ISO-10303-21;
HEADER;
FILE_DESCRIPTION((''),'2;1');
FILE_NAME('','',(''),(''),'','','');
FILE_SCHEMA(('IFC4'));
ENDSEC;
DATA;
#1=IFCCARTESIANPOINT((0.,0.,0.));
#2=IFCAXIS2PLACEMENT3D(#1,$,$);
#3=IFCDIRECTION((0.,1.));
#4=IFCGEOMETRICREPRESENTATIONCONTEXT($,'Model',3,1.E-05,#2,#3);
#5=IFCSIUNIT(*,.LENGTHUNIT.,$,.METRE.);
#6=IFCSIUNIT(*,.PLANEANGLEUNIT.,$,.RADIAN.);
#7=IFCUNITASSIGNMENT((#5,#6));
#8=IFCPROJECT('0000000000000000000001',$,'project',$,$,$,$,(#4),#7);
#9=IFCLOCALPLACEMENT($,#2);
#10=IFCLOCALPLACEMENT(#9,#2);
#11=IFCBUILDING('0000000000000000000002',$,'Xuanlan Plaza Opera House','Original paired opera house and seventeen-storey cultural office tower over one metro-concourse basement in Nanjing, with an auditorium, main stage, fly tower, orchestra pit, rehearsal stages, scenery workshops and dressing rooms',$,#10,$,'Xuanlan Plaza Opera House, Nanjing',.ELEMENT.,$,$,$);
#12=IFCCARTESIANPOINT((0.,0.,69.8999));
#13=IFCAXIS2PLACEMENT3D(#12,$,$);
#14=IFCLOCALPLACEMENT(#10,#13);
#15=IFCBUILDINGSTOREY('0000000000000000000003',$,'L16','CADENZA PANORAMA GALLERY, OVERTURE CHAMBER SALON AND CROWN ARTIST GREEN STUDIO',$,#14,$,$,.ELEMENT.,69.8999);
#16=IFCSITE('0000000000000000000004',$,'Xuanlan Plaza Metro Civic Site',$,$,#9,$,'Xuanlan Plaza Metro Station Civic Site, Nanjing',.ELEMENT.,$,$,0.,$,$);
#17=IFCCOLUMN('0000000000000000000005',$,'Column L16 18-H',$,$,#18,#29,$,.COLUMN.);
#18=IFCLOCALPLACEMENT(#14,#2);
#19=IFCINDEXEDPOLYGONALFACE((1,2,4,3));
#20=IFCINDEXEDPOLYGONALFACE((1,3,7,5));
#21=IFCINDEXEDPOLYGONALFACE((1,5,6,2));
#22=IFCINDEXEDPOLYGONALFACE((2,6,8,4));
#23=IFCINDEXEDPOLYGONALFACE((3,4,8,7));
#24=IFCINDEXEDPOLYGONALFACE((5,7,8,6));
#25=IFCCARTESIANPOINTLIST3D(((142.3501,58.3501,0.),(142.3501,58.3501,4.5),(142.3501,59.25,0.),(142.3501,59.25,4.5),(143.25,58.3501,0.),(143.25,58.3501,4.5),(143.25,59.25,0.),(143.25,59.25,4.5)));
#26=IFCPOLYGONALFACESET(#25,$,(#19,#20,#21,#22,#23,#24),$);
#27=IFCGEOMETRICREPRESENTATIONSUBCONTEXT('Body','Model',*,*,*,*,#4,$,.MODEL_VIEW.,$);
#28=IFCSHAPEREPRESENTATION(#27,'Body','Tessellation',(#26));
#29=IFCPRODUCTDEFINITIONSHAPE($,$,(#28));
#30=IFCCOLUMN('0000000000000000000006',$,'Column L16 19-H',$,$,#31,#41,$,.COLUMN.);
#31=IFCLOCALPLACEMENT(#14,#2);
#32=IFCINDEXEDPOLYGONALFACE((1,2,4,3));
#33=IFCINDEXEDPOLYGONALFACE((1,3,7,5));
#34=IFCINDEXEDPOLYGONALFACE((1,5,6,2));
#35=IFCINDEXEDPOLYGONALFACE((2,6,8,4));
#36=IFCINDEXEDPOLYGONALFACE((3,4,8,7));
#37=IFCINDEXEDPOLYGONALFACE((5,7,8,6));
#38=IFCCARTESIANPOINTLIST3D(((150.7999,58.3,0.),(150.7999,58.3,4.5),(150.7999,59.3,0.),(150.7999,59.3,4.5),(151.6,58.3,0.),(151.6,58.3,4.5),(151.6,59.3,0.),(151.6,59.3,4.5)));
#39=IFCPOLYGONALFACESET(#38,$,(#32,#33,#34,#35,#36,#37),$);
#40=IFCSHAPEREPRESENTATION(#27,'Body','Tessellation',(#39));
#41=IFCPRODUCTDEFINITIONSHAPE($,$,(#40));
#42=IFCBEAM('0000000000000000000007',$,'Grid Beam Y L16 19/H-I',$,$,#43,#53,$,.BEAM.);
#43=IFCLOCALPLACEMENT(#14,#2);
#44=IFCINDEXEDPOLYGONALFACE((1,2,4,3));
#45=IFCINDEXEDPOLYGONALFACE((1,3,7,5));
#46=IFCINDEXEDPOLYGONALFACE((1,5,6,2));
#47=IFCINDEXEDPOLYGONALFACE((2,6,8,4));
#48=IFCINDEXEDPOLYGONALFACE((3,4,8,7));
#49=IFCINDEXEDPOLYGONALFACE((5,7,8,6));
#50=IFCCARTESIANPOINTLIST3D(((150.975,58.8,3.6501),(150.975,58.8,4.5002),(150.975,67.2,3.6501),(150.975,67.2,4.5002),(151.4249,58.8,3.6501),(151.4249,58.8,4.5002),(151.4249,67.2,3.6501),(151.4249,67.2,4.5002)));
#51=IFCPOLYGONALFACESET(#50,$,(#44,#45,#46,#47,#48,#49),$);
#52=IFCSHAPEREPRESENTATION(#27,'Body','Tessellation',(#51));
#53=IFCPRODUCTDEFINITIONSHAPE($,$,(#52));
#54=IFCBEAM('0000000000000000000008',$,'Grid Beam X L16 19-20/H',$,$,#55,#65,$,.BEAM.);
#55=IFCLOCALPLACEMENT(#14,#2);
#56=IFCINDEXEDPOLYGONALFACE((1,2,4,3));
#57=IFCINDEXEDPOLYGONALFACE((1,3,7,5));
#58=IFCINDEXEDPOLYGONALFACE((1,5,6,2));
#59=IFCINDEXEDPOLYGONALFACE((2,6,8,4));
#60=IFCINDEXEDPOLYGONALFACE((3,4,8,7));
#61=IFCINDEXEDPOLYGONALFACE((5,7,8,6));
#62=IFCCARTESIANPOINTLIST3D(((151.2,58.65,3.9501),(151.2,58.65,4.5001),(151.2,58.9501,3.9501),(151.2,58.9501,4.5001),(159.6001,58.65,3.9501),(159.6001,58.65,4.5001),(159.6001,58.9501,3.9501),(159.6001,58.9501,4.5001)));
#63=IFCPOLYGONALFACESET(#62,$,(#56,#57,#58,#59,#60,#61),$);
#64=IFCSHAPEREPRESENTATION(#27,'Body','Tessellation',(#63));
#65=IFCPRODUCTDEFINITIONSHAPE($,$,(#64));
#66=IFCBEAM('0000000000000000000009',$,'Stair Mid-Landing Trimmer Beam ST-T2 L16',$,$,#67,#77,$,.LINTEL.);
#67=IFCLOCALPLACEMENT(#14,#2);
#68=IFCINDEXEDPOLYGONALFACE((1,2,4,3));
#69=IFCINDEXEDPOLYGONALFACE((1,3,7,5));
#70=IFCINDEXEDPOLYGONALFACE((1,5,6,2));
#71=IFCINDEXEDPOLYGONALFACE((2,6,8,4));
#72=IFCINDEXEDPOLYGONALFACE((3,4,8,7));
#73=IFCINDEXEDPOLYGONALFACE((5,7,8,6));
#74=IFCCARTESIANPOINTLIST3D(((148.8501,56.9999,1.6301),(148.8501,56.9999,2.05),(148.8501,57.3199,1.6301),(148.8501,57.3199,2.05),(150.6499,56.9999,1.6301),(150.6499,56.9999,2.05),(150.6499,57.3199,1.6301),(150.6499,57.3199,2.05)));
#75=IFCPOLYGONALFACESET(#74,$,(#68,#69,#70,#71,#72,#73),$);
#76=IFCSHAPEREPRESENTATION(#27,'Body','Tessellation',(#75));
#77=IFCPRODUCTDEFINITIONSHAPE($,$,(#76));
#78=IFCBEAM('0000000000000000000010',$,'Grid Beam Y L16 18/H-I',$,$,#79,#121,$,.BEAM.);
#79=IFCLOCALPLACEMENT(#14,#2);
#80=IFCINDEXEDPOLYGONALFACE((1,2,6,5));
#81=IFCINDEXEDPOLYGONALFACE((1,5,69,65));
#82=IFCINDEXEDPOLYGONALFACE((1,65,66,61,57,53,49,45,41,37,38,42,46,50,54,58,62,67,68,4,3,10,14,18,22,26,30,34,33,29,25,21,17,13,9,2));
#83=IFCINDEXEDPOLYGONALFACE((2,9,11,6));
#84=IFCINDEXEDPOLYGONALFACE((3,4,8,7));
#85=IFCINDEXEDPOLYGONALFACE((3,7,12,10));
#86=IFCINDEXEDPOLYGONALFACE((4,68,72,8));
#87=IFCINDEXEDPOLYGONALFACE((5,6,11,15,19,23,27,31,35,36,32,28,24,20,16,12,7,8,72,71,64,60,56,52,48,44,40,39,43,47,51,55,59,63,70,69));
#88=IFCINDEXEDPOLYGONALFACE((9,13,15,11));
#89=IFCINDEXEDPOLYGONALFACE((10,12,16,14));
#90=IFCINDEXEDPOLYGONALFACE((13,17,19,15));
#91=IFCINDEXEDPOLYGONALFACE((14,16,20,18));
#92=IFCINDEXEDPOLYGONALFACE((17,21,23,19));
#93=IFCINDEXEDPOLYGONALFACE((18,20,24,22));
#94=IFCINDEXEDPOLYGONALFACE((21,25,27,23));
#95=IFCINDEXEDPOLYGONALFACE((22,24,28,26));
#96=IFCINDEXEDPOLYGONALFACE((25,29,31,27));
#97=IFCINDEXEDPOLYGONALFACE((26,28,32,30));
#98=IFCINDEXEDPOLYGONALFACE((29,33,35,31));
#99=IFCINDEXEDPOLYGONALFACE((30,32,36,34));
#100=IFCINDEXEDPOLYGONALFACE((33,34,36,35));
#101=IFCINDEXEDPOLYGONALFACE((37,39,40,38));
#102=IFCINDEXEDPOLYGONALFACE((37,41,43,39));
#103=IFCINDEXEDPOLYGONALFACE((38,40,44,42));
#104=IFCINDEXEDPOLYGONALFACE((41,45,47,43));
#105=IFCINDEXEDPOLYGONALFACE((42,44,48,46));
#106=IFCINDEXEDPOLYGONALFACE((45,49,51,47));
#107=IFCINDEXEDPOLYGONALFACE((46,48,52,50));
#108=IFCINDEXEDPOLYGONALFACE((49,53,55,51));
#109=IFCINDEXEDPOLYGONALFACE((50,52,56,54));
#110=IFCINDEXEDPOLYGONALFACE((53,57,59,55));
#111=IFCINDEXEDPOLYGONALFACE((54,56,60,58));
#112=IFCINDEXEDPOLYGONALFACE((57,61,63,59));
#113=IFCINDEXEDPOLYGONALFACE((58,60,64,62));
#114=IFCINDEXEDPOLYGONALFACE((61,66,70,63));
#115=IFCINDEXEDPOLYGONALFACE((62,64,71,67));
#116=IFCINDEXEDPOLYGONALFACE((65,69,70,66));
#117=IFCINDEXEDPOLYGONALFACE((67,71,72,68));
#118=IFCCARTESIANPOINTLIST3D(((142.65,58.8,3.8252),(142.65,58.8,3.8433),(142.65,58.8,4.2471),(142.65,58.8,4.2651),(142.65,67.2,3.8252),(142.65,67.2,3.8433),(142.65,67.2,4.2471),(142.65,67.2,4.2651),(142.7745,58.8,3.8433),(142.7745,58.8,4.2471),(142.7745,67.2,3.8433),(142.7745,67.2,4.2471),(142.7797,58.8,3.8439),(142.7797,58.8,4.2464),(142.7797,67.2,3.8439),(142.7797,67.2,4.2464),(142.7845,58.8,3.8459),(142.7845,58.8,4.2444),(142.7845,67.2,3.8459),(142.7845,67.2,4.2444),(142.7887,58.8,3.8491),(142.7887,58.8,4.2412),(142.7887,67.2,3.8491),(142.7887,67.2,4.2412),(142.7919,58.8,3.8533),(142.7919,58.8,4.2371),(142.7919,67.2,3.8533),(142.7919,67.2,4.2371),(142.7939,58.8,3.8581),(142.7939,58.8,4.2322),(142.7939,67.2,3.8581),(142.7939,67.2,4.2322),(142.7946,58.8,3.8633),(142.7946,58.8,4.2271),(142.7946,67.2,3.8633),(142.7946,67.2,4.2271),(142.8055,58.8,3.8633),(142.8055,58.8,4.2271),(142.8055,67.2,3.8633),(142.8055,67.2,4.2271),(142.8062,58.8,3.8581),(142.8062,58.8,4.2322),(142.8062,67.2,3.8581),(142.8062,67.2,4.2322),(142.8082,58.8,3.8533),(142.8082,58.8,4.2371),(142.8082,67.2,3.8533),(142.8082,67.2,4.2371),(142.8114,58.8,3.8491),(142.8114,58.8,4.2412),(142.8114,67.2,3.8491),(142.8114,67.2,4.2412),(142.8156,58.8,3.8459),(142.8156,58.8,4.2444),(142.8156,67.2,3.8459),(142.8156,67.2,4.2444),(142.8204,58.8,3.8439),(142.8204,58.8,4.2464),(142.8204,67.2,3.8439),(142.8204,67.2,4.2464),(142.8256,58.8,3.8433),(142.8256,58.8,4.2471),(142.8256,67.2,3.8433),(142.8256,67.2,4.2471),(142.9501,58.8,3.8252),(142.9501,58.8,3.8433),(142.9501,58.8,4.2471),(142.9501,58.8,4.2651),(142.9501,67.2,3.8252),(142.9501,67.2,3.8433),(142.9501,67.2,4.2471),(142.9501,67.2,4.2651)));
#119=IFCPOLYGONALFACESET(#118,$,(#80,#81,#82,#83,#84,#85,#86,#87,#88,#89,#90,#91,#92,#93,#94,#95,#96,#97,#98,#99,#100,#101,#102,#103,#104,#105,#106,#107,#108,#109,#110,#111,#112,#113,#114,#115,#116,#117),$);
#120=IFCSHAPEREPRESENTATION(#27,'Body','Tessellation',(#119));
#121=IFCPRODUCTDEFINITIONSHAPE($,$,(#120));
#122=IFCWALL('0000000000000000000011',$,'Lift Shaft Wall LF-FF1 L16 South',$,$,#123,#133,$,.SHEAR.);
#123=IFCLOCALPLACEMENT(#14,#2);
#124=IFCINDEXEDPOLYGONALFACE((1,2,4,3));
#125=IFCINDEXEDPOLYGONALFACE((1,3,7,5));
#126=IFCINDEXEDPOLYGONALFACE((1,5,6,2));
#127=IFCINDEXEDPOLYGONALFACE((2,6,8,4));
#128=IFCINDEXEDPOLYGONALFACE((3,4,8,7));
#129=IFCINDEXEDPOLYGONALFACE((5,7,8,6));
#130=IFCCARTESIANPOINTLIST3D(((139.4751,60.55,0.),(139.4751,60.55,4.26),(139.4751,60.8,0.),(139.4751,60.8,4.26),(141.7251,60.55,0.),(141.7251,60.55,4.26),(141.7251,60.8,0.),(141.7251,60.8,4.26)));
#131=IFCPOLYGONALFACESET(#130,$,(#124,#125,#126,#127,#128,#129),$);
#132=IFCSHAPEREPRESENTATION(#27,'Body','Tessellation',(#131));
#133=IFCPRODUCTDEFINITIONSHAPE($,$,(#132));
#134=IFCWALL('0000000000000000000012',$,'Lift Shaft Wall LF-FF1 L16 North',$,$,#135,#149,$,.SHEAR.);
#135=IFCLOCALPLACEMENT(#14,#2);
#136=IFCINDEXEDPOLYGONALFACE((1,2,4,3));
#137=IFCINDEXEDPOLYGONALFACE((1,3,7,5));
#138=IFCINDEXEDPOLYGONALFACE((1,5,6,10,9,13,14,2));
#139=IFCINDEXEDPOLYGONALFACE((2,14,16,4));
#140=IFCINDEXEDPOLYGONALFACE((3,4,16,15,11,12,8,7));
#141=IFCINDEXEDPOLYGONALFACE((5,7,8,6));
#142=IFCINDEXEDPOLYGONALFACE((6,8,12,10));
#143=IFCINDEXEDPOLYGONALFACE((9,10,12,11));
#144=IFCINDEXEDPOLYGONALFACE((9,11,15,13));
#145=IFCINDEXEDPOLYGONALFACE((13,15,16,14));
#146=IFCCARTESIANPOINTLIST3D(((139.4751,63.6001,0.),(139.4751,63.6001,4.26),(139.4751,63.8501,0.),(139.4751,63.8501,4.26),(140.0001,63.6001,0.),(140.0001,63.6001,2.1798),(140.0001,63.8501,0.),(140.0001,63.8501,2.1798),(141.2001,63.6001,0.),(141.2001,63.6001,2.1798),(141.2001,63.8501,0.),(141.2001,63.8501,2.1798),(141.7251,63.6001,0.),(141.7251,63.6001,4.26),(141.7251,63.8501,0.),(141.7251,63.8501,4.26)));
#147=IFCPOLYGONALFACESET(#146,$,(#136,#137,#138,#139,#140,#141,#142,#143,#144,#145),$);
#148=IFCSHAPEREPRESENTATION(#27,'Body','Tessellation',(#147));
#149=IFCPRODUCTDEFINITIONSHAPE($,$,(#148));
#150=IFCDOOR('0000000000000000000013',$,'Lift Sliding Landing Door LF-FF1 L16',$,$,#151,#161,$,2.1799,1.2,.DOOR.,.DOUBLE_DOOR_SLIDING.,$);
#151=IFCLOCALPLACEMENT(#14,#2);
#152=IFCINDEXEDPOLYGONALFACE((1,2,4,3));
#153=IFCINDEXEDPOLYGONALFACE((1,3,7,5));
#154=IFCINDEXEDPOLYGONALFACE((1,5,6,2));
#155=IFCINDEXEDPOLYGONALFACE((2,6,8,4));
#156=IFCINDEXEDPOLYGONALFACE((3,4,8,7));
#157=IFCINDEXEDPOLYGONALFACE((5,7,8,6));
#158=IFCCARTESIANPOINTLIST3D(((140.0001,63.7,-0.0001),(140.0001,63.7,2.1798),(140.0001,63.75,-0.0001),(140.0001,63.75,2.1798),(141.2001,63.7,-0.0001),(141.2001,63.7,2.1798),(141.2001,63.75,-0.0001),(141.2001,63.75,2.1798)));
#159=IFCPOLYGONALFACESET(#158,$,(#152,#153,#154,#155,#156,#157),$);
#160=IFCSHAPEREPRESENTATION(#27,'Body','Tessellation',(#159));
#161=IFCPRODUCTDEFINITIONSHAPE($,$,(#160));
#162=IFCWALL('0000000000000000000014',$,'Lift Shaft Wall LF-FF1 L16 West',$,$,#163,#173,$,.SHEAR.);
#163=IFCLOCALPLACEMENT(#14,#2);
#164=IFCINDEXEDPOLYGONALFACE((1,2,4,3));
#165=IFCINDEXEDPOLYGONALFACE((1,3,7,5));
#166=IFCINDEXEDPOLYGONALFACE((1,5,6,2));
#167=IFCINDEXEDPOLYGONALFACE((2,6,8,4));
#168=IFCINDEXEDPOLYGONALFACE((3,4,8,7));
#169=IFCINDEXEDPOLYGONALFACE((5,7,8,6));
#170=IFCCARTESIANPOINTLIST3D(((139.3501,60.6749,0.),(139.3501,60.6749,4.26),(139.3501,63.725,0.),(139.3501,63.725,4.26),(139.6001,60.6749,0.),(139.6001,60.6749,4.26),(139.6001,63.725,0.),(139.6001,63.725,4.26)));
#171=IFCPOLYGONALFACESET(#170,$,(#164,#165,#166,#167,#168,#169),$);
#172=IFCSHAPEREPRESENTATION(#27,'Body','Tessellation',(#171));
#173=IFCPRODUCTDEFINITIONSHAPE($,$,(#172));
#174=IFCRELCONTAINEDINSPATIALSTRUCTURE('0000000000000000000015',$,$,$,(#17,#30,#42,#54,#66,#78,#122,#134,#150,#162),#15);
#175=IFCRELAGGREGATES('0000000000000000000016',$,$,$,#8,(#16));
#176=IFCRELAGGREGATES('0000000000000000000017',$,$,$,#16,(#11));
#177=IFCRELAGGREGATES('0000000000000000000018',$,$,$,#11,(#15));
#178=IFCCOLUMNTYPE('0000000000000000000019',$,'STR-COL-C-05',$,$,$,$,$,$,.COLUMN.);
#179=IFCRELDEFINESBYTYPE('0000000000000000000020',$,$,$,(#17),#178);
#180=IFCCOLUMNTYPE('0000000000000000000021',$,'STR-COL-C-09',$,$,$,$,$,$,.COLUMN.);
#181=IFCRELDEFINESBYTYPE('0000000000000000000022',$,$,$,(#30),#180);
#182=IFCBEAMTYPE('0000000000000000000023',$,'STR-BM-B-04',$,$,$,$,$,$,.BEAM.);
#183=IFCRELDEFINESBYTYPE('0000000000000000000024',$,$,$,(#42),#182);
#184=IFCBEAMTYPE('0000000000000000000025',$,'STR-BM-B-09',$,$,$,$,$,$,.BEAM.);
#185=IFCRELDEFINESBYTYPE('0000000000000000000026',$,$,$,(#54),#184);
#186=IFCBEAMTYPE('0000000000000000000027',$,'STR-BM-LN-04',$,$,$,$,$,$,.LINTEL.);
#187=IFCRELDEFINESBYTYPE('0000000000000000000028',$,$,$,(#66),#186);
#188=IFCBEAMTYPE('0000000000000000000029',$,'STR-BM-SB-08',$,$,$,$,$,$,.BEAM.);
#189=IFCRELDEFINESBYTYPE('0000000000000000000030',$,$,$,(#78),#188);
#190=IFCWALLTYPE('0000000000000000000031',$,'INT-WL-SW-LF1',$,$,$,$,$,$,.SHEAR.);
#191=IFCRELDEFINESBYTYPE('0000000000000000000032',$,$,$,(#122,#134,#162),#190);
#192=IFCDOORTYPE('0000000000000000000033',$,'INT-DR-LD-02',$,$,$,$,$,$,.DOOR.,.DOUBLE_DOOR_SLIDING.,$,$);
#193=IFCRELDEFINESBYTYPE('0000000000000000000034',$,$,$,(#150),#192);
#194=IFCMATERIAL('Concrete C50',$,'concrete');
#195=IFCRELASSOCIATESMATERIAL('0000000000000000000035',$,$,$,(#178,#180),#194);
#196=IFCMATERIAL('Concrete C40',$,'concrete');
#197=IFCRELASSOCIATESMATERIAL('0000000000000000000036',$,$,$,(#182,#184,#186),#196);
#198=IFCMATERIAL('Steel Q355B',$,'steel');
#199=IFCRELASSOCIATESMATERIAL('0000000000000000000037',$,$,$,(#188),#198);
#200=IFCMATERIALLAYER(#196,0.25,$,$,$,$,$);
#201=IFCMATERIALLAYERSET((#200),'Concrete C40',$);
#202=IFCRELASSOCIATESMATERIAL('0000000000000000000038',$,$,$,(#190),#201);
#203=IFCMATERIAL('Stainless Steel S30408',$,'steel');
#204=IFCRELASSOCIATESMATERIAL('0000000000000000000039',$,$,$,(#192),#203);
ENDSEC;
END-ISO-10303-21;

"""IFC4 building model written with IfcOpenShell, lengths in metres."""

from ifc_helpers import new_model, si_unit, direction, frame, frame_2d, origin, origin_2d, place, context, subcontext, project, spatial, rectangle, i_section, extrude, material, layer, layer_set, material_profile, profile_set, type_object, element, fill, save


model = new_model("IFC4")

# Units and contexts
model_context = context("Model", 3, precision=1e-05, world=origin(), true_north=direction((0.0, 1.0)))
body_context = subcontext(model_context, "Body", "Model", "MODEL_VIEW")
ifc_project = project(units=[si_unit("LENGTHUNIT", "METRE"), si_unit("PLANEANGLEUNIT", "RADIAN")], contexts=[model_context])

# Site, building, storey
site_placement = place(None, origin())
site = spatial("IfcSite", under=ifc_project, at=site_placement, Name="Xuanlan Plaza Metro Civic Site", LongName="Xuanlan Plaza Metro Station Civic Site, Nanjing", CompositionType="ELEMENT", RefElevation=0.0)
building_placement = place(site_placement, origin())
building = spatial("IfcBuilding", under=site, at=building_placement, Name="Xuanlan Plaza Opera House", Description="Original paired opera house and seventeen-storey cultural office tower over one metro-concourse basement in Nanjing, with an auditorium, main stage, fly tower, orchestra pit, rehearsal stages, scenery workshops and dressing rooms", LongName="Xuanlan Plaza Opera House, Nanjing", CompositionType="ELEMENT")
storey_placement = place(building_placement, frame((0.0, 0.0, 69.8999)))
storey = spatial("IfcBuildingStorey", under=building, at=storey_placement, Name="L16", Description="CADENZA PANORAMA GALLERY, OVERTURE CHAMBER SALON AND CROWN ARTIST GREEN STUDIO", CompositionType="ELEMENT", Elevation=69.8999)

# Columns
ifc_material_1 = material(Name="Concrete C50", Category="concrete")
ifc_material_profile_1 = material_profile(ifc_material_1, rectangle(XDim=0.8999, YDim=0.8999, at=origin_2d()), Name="RC-COL 900x900")
ifc_profile_set_1 = profile_set([ifc_material_profile_1], Name="Concrete C50")
column_type_1 = type_object("IfcColumnType", Name="STR-COL-C-05", PredefinedType="COLUMN", material=ifc_profile_set_1)
column_1_placement = place(storey_placement, frame((142.8, 58.8, 0.0), z_axis=(0.0, 0.0, 1.0), x_axis=(1.0, 0.0, 0.0)))
element("IfcColumn", 1, at=column_1_placement, inside=storey, type_object=column_type_1, Name="Column L16 18-H", PredefinedType="COLUMN", context=body_context, shape_type="SweptSolid", body=[
    extrude(rectangle(XDim=0.8999, YDim=0.8999, at=origin_2d()), origin(), (0.0, 0.0, 1.0), 4.5),
])
ifc_material_profile_2 = material_profile(ifc_material_1, rectangle(XDim=0.8, YDim=1.0, at=origin_2d()), Name="RC-COL 800x1000")
ifc_profile_set_2 = profile_set([ifc_material_profile_2], Name="Concrete C50")
column_type_2 = type_object("IfcColumnType", Name="STR-COL-C-09", PredefinedType="COLUMN", material=ifc_profile_set_2)
column_2_placement = place(storey_placement, frame((151.2, 58.8, 0.0), z_axis=(0.0, 0.0, 1.0), x_axis=(1.0, 0.0, 0.0)))
element("IfcColumn", 2, at=column_2_placement, inside=storey, type_object=column_type_2, Name="Column L16 19-H", PredefinedType="COLUMN", context=body_context, shape_type="SweptSolid", body=[
    extrude(rectangle(XDim=0.8, YDim=1.0, at=origin_2d()), origin(), (0.0, 0.0, 1.0), 4.5),
])

# Beams
ifc_material_2 = material(Name="Concrete C40", Category="concrete")
ifc_material_profile_3 = material_profile(ifc_material_2, rectangle(XDim=0.45, YDim=0.8501, at=origin_2d()), Name="RC-BM 450x850")
ifc_profile_set_3 = profile_set([ifc_material_profile_3], Name="Concrete C40")
beam_type_1 = type_object("IfcBeamType", Name="STR-BM-B-04", PredefinedType="BEAM", material=ifc_profile_set_3)
beam_1_placement = place(storey_placement, frame((151.2, 58.8, 4.0752), z_axis=(0.0, 1.0, 0.0), x_axis=(-1.0, 0.0, 0.0)))
element("IfcBeam", 3, at=beam_1_placement, inside=storey, type_object=beam_type_1, Name="Grid Beam Y L16 19/H-I", PredefinedType="BEAM", context=body_context, shape_type="SweptSolid", body=[
    extrude(rectangle(XDim=0.45, YDim=0.8501, at=origin_2d()), origin(), (0.0, 0.0, 1.0), 8.3999),
])
ifc_material_profile_4 = material_profile(ifc_material_2, rectangle(XDim=0.3, YDim=0.55, at=origin_2d()), Name="RC-BM 300x550")
ifc_profile_set_4 = profile_set([ifc_material_profile_4], Name="Concrete C40")
beam_type_2 = type_object("IfcBeamType", Name="STR-BM-B-09", PredefinedType="BEAM", material=ifc_profile_set_4)
beam_2_placement = place(storey_placement, frame((151.2, 58.8, 4.2251), z_axis=(1.0, 0.0, 0.0), x_axis=(0.0, 1.0, 0.0)))
element("IfcBeam", 4, at=beam_2_placement, inside=storey, type_object=beam_type_2, Name="Grid Beam X L16 19-20/H", PredefinedType="BEAM", context=body_context, shape_type="SweptSolid", body=[
    extrude(rectangle(XDim=0.3, YDim=0.55, at=origin_2d()), origin(), (0.0, 0.0, 1.0), 8.4001),
])
ifc_material_profile_5 = material_profile(ifc_material_2, rectangle(XDim=0.3201, YDim=0.4199, at=origin_2d()), Name="RC-LNT 320x420")
ifc_profile_set_5 = profile_set([ifc_material_profile_5], Name="Concrete C40")
beam_type_3 = type_object("IfcBeamType", Name="STR-BM-LN-04", PredefinedType="LINTEL", material=ifc_profile_set_5)
beam_3_placement = place(storey_placement, frame((148.8501, 57.1599, 1.8401), z_axis=(1.0, 0.0, 0.0), x_axis=(0.0, 1.0, 0.0)))
element("IfcBeam", 5, at=beam_3_placement, inside=storey, type_object=beam_type_3, Name="Stair Mid-Landing Trimmer Beam ST-T2 L16", PredefinedType="LINTEL", context=body_context, shape_type="SweptSolid", body=[
    extrude(rectangle(XDim=0.3201, YDim=0.4199, at=origin_2d()), origin(), (0.0, 0.0, 1.0), 1.7998),
])
ifc_material_3 = material(Name="Steel Q355B", Category="steel")
ifc_material_profile_6 = material_profile(ifc_material_3, i_section(OverallWidth=0.3, OverallDepth=0.4399, WebThickness=0.011, FlangeThickness=0.0181, FilletRadius=0.02, at=origin_2d()), Name="HM 440x300x11x18")
ifc_profile_set_6 = profile_set([ifc_material_profile_6], Name="Steel Q355B")
beam_type_4 = type_object("IfcBeamType", Name="STR-BM-SB-08", PredefinedType="BEAM", material=ifc_profile_set_6)
beam_4_placement = place(storey_placement, frame((142.8, 58.8, 4.0452), z_axis=(0.0, 1.0, 0.0), x_axis=(-1.0, 0.0, 0.0)))
element("IfcBeam", 6, at=beam_4_placement, inside=storey, type_object=beam_type_4, Name="Grid Beam Y L16 18/H-I", PredefinedType="BEAM", context=body_context, shape_type="SweptSolid", body=[
    extrude(i_section(OverallWidth=0.3, OverallDepth=0.4399, WebThickness=0.011, FlangeThickness=0.0181, FilletRadius=0.02, at=origin_2d()), origin(), (0.0, 0.0, 1.0), 8.3999),
])

# Wall
ifc_layer_1 = layer(ifc_material_2, 0.25)
ifc_layer_set_1 = layer_set([ifc_layer_1], Name="Concrete C40")
wall_type_1 = type_object("IfcWallType", Name="INT-WL-SW-LF1", PredefinedType="SHEAR", material=ifc_layer_set_1)
wall_1_placement = place(storey_placement, frame((139.4751, 60.675, 0.0), z_axis=(0.0, 0.0, 1.0), x_axis=(1.0, 0.0, 0.0)))
element("IfcWall", 7, at=wall_1_placement, inside=storey, type_object=wall_type_1, Name="Lift Shaft Wall LF-FF1 L16 South", PredefinedType="SHEAR", context=body_context, shape_type="SweptSolid", body=[
    extrude(rectangle(XDim=2.25, YDim=0.25, at=frame_2d((1.125, 0.0))), origin(), (0.0, 0.0, 1.0), 4.26),
])

# Wall, opening, door
wall_2_placement = place(storey_placement, frame((139.4751, 63.7251, 0.0), z_axis=(0.0, 0.0, 1.0), x_axis=(1.0, 0.0, 0.0)))
wall_2 = element("IfcWall", 8, at=wall_2_placement, inside=storey, type_object=wall_type_1, Name="Lift Shaft Wall LF-FF1 L16 North", PredefinedType="SHEAR", context=body_context, shape_type="SweptSolid", body=[
    extrude(rectangle(XDim=2.25, YDim=0.25, at=frame_2d((1.125, 0.0))), origin(), (0.0, 0.0, 1.0), 4.26),
])
opening_1_placement = place(wall_2_placement, frame((0.5249, 0.0, 0.0)))
opening_1 = element("IfcOpeningElement", 9, at=opening_1_placement, cuts=wall_2, PredefinedType="OPENING", context=body_context, shape_type="SweptSolid", body=[
    extrude(rectangle(XDim=1.2, YDim=2.1799, at=frame_2d((0.6001, 1.0898))), frame((0.0, 0.135, 0.0), z_axis=(0.0, -1.0, 0.0), x_axis=(1.0, 0.0, 0.0)), (0.0, 0.0, 1.0), 0.27),
])
ifc_material_4 = material(Name="Stainless Steel S30408", Category="steel")
door_type = type_object("IfcDoorType", Name="INT-DR-LD-02", OperationType="DOUBLE_DOOR_SLIDING", PredefinedType="DOOR", material=ifc_material_4)
door_1_placement = place(opening_1_placement, origin())
door_1 = element("IfcDoor", 10, at=door_1_placement, inside=storey, type_object=door_type, Name="Lift Sliding Landing Door LF-FF1 L16", OperationType="DOUBLE_DOOR_SLIDING", OverallHeight=2.1799, OverallWidth=1.2, PredefinedType="DOOR", context=body_context, shape_type="SweptSolid", body=[
    extrude(rectangle(XDim=1.2, YDim=2.1799, at=frame_2d((0.6001, 1.0898))), frame((0.0, 0.0249, 0.0), z_axis=(0.0, -1.0, 0.0), x_axis=(1.0, 0.0, 0.0)), (0.0, 0.0, 1.0), 0.05),
])
fill(opening_1, door_1)

# Wall
for number, where, z_axis, x_axis, name in (
    (11, (139.4751, 60.675, 0.0), (0.0, 0.0, 1.0), (0.0, 1.0, 0.0), "Lift Shaft Wall LF-FF1 L16 West"),
):
    element("IfcWall", number, at=place(storey_placement, frame(where, z_axis=z_axis, x_axis=x_axis)), inside=storey, type_object=wall_type_1, Name=name, PredefinedType="SHEAR", context=body_context, shape_type="SweptSolid", body=[
        extrude(rectangle(XDim=3.05, YDim=0.25, at=frame_2d((1.5249, 0.0))), origin(), (0.0, 0.0, 1.0), 4.26),
    ])

save(model, "model.ifc")
